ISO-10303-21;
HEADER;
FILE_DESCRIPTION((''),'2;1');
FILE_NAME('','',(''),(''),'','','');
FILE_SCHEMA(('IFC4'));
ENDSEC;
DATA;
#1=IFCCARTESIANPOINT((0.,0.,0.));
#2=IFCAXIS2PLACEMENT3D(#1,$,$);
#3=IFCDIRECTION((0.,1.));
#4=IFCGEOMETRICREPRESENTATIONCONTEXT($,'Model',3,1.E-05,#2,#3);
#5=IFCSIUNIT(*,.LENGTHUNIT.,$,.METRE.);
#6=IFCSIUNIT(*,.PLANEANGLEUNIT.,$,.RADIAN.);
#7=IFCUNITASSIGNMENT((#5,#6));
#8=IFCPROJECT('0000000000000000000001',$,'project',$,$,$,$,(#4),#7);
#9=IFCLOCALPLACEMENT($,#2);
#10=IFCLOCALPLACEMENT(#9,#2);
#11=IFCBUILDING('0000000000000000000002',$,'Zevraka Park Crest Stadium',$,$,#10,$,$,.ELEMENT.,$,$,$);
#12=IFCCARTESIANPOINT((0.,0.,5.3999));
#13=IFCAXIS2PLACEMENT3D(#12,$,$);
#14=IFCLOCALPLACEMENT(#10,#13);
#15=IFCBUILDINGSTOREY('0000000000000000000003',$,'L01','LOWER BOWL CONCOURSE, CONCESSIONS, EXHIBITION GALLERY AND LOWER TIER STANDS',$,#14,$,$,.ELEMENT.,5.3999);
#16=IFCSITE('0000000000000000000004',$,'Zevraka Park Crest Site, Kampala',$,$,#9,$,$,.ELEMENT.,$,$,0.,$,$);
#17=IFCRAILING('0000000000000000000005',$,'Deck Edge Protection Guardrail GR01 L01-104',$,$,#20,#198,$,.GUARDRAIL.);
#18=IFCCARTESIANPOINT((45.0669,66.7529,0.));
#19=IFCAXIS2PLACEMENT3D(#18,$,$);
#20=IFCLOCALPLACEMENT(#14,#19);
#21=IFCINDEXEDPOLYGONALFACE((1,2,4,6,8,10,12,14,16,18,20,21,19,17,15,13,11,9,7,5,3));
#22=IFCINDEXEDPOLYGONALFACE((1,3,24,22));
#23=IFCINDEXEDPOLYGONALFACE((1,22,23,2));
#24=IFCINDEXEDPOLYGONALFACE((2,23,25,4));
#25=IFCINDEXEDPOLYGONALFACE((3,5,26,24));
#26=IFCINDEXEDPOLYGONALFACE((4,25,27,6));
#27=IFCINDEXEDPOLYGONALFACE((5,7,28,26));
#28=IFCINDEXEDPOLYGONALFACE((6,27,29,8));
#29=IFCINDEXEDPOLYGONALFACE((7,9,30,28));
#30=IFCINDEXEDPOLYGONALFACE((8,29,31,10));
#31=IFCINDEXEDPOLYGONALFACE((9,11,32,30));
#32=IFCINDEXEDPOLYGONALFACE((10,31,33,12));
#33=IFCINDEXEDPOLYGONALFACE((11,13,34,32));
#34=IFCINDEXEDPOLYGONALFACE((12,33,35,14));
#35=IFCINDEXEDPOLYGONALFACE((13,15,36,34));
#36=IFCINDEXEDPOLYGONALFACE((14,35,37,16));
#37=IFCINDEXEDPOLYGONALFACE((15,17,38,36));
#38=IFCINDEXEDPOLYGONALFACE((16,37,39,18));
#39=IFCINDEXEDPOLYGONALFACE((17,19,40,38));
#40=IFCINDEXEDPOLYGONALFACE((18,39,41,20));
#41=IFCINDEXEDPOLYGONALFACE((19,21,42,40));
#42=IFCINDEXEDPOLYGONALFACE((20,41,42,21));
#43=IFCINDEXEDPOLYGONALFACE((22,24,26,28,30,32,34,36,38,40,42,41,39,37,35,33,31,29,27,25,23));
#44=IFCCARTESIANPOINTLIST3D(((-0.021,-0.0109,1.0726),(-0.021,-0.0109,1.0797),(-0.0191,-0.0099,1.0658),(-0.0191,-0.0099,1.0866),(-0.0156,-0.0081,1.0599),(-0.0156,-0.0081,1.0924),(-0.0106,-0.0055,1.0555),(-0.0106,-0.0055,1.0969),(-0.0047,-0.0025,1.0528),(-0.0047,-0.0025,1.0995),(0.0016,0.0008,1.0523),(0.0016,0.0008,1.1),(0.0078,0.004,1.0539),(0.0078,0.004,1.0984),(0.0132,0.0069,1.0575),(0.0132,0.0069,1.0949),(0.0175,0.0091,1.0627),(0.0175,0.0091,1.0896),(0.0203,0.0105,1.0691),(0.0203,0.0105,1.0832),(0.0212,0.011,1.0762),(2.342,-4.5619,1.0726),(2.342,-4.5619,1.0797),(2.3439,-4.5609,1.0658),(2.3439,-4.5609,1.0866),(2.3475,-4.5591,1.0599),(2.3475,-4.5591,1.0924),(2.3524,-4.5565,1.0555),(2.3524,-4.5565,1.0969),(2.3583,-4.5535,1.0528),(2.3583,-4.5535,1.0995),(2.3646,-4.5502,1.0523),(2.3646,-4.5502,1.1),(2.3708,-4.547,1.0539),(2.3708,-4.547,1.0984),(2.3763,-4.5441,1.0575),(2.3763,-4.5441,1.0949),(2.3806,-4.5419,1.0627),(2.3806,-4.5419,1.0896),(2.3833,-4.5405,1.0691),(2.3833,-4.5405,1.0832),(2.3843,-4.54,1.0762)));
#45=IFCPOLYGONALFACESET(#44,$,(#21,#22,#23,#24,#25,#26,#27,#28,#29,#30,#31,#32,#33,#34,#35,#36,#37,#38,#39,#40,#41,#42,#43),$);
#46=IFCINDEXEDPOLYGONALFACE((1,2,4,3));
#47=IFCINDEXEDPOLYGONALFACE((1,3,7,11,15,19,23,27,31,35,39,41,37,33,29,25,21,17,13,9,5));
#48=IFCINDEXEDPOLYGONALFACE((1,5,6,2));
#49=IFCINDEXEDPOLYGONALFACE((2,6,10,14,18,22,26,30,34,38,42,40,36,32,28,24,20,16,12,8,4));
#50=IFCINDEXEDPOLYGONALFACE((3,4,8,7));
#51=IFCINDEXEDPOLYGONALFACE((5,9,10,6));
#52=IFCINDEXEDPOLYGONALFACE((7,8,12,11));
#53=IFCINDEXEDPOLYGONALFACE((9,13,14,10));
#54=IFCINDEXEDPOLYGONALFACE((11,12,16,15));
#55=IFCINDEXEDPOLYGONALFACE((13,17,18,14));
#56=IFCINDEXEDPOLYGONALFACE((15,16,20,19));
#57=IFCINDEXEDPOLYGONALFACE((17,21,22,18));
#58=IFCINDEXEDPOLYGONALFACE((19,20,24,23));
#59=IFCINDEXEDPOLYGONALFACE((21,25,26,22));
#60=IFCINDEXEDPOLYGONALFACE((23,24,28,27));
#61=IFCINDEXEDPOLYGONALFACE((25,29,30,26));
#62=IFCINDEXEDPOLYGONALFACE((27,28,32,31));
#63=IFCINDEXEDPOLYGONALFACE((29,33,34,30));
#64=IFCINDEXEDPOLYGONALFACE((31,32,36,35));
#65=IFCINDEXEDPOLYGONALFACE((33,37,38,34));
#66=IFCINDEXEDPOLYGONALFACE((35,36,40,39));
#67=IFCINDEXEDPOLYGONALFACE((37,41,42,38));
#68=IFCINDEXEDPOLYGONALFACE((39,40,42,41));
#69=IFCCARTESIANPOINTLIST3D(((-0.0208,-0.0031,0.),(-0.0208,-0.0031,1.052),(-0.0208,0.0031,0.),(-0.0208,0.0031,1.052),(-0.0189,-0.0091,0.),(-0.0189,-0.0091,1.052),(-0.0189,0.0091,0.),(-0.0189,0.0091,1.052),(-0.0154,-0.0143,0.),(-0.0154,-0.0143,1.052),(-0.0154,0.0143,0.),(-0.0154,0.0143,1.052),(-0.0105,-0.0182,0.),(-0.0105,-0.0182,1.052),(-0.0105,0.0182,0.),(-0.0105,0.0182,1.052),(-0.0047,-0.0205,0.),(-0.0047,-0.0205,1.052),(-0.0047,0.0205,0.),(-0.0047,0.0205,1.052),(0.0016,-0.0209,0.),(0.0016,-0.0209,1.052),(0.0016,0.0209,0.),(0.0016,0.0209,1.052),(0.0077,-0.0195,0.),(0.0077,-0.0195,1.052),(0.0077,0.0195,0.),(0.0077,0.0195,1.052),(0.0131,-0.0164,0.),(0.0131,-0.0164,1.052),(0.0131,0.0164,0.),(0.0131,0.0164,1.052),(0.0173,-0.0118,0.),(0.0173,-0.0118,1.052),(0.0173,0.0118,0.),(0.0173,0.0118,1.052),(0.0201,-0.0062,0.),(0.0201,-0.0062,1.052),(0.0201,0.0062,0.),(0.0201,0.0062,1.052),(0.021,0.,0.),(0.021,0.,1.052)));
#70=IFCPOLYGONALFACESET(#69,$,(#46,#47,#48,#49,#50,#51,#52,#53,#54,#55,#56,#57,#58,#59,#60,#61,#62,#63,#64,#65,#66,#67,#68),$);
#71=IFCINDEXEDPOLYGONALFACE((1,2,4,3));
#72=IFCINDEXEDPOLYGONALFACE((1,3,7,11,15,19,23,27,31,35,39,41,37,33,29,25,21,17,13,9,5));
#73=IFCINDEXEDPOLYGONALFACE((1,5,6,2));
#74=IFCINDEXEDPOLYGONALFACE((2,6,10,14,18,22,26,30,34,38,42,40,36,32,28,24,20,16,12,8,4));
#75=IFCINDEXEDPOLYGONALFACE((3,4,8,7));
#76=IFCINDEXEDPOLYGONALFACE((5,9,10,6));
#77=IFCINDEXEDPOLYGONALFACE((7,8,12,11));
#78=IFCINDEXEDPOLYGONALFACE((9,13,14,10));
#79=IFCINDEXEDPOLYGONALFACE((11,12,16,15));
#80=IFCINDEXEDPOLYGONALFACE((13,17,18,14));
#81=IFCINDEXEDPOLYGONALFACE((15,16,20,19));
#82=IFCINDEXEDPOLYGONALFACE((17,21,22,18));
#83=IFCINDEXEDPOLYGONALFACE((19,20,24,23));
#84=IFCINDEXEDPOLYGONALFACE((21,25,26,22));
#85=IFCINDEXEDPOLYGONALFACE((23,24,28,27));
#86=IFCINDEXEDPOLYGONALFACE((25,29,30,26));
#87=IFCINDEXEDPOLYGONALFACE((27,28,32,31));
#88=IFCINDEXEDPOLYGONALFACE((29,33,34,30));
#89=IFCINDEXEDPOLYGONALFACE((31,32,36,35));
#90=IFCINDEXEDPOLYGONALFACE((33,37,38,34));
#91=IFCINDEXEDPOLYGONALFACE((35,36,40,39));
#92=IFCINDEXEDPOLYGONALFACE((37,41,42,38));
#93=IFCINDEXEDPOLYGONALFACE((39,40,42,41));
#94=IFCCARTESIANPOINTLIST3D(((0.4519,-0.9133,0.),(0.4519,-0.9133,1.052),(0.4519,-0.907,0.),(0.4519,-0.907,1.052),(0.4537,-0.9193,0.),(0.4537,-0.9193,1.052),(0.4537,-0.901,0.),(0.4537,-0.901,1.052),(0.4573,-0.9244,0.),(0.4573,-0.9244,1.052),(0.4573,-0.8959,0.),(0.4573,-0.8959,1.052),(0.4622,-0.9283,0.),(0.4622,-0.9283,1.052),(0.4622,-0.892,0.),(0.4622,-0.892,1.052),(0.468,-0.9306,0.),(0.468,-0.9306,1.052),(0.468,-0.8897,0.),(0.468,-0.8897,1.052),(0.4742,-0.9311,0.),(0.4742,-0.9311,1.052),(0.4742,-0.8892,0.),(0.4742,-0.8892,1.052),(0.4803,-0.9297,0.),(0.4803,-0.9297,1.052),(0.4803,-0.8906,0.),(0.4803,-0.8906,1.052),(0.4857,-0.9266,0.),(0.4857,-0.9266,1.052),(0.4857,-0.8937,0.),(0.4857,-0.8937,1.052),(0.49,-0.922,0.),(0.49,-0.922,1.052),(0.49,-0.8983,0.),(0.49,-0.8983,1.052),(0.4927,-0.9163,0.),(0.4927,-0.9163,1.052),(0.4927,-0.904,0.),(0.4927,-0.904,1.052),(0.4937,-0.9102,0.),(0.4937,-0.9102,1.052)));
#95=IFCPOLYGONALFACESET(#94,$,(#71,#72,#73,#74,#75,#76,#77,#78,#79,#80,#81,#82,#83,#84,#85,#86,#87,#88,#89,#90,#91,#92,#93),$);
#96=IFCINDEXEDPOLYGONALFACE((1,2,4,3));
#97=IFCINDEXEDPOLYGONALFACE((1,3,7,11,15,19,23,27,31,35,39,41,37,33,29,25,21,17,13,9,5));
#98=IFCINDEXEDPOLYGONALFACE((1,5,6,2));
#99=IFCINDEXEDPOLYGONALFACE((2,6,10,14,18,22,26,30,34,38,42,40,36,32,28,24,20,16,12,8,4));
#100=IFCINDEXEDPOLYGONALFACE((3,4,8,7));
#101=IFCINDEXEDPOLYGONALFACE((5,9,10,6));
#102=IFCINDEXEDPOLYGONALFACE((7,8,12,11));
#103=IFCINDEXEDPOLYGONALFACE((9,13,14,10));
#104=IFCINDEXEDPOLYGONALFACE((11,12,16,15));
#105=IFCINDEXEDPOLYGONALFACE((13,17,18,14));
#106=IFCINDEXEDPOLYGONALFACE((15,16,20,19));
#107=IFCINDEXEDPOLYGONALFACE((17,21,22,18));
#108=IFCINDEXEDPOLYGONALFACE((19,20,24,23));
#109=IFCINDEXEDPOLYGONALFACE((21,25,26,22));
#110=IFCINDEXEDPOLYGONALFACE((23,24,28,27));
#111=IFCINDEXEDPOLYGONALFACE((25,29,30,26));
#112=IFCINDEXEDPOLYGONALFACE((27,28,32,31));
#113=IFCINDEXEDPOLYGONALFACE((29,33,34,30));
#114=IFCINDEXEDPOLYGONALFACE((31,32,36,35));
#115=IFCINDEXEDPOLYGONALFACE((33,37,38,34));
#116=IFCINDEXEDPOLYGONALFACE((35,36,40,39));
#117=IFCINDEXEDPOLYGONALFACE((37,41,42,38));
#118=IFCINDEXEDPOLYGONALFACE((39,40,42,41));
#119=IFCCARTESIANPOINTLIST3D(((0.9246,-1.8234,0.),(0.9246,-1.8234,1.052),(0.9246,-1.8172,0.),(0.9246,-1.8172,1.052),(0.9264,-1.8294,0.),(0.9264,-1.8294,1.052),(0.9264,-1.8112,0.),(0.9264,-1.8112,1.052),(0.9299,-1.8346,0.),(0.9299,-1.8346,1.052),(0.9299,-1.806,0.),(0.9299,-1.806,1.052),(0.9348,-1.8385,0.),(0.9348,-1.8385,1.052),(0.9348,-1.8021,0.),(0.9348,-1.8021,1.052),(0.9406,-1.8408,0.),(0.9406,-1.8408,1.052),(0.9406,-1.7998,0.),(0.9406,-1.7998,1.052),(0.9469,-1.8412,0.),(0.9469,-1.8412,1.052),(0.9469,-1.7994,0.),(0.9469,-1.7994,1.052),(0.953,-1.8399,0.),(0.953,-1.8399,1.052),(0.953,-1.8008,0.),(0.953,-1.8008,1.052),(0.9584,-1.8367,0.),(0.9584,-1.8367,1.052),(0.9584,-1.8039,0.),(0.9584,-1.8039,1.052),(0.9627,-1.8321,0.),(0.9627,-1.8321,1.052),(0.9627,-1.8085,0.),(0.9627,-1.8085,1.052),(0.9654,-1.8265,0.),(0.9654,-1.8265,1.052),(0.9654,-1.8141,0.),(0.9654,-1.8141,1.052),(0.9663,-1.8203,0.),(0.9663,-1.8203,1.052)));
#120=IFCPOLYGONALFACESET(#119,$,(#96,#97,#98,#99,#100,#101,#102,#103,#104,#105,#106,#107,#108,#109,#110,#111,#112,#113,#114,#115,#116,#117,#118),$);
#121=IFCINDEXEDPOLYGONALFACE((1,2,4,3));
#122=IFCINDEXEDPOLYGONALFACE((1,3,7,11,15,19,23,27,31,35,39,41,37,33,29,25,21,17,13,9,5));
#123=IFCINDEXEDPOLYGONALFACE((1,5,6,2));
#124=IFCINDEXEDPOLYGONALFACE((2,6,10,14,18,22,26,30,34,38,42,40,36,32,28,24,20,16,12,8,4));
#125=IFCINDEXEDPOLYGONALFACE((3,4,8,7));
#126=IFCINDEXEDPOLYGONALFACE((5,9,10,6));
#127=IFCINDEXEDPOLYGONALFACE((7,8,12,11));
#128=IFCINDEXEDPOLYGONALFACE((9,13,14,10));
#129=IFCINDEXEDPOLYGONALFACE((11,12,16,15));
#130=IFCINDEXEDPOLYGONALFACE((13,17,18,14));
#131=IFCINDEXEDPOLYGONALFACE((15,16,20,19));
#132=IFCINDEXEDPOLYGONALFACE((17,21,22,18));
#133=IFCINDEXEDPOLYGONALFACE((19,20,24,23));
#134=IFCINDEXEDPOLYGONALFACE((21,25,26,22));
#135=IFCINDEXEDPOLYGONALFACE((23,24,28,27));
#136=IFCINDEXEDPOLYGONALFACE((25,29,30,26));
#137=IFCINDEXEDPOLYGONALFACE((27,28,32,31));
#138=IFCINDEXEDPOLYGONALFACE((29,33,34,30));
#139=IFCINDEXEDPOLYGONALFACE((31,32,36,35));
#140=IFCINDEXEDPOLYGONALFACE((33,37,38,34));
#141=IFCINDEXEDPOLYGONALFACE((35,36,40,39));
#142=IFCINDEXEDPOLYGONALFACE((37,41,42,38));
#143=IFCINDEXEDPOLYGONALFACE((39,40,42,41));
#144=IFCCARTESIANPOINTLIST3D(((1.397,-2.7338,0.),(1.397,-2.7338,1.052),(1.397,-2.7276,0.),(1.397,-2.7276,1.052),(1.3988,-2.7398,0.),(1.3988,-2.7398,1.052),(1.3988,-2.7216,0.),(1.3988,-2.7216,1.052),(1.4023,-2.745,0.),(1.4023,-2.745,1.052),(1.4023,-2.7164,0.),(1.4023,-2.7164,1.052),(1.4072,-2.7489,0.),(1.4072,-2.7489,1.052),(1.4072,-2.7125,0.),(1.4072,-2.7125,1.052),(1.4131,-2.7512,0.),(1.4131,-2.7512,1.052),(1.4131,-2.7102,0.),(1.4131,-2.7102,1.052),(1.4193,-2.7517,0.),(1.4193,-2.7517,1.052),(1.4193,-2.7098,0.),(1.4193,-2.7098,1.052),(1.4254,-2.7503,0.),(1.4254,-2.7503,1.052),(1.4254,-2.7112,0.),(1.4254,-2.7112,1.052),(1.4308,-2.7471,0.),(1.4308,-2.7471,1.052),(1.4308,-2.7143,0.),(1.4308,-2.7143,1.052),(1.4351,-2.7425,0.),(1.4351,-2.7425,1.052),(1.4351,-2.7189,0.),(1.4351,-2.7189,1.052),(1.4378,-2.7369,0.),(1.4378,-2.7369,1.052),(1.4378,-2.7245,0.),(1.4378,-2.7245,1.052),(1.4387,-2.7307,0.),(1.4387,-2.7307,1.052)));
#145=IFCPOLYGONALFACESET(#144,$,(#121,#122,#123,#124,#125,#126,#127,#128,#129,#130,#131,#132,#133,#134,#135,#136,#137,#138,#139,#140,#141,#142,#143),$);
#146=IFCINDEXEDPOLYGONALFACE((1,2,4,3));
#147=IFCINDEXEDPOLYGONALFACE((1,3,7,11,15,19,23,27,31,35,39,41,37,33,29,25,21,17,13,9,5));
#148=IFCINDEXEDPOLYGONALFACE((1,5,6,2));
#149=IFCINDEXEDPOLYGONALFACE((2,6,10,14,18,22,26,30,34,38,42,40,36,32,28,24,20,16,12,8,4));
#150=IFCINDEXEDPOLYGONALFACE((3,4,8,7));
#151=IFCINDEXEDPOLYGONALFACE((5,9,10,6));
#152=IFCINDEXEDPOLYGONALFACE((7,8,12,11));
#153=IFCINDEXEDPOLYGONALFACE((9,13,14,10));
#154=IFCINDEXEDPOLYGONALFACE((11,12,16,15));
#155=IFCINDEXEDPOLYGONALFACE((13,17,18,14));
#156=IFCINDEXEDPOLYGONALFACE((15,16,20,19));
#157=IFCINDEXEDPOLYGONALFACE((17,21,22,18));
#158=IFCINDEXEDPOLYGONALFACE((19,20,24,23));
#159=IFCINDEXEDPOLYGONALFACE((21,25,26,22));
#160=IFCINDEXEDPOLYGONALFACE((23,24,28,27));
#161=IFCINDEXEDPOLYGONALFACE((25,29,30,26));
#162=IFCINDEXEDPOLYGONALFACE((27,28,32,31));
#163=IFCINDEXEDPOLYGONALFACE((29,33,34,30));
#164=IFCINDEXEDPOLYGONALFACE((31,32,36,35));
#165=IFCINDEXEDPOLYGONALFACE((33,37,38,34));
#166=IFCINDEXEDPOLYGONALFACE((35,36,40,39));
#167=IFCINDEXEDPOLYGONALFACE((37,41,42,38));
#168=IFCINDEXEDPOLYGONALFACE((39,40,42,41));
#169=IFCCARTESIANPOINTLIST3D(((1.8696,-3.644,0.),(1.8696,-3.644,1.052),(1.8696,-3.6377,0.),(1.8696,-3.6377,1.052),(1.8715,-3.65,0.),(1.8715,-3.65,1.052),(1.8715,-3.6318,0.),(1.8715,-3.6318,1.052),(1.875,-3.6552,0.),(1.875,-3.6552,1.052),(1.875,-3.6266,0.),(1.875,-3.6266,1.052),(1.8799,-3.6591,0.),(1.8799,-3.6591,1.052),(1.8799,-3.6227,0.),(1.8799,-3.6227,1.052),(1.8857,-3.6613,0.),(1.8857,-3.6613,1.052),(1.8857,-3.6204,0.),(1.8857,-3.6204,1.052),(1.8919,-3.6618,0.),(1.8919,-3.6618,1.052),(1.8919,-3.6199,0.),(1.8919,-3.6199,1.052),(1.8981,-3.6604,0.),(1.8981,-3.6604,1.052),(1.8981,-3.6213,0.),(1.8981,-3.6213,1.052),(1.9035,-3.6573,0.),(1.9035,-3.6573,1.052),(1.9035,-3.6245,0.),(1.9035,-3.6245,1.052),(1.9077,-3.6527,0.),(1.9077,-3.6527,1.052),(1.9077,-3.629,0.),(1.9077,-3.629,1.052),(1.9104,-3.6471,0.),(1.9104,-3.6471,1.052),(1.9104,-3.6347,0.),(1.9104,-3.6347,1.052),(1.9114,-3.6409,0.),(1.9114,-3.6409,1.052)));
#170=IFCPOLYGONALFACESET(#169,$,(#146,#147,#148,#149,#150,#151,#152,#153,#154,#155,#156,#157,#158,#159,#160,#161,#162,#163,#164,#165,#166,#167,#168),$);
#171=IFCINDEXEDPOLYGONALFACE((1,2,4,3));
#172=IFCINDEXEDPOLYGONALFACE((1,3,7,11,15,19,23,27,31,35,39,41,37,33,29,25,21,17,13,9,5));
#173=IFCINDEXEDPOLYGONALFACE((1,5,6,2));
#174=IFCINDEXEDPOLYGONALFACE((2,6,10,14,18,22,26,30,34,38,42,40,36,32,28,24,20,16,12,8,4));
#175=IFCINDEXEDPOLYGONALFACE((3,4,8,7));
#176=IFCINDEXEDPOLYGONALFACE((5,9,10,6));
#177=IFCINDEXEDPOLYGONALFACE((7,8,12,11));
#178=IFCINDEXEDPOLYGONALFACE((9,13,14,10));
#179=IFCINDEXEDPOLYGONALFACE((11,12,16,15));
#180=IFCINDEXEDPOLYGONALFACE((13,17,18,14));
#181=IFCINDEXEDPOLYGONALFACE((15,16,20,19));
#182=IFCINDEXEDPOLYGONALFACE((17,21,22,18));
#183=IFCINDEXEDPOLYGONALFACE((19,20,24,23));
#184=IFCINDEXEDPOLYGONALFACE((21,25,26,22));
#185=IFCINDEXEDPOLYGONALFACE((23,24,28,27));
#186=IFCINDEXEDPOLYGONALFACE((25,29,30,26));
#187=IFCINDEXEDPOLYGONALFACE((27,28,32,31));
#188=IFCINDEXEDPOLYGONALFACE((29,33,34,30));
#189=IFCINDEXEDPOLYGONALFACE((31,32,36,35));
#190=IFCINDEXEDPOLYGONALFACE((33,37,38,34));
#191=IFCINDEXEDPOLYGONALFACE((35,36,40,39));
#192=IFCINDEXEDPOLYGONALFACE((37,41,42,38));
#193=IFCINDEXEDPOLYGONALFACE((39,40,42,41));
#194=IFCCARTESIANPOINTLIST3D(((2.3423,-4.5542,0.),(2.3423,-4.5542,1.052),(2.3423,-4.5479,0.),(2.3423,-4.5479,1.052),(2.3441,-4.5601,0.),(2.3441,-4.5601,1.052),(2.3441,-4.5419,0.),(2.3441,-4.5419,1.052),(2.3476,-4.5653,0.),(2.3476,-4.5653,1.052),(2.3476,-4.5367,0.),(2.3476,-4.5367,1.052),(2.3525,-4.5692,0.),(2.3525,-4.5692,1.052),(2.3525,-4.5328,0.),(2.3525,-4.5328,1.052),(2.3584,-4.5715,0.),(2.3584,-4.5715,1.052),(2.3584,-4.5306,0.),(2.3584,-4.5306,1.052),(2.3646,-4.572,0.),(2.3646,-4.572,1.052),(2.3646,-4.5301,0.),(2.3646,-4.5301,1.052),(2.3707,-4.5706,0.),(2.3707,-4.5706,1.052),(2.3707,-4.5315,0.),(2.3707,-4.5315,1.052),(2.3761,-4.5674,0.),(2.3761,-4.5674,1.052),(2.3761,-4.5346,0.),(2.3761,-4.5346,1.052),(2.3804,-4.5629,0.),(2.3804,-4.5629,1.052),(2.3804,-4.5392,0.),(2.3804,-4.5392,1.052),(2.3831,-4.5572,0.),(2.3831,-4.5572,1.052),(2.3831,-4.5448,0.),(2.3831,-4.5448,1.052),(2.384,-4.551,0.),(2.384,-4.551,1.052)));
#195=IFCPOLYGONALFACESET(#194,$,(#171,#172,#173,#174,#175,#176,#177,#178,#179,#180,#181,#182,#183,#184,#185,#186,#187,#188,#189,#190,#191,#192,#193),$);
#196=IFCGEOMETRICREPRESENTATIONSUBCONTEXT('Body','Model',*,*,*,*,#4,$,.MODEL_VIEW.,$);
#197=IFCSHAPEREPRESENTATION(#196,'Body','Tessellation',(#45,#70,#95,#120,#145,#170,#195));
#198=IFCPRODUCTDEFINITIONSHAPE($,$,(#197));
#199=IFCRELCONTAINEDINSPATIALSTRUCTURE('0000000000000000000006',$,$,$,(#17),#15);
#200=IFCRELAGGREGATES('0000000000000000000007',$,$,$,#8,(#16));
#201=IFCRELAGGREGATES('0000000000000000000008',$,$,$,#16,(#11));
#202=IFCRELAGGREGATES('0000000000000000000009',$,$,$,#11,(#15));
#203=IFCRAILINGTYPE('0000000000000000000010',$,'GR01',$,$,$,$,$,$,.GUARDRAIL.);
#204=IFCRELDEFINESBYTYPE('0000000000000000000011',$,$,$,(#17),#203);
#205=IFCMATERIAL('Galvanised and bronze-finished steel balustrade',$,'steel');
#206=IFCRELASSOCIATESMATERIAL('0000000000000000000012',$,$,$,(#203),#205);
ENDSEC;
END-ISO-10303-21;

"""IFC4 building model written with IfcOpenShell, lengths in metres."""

from ifc_helpers import new_model, si_unit, direction, frame, origin, origin_2d, place, context, subcontext, project, spatial, circle, extrude, material, type_object, element, save


model = new_model("IFC4")

# Units and contexts
model_context = context("Model", 3, precision=1e-05, world=origin(), true_north=direction((0.0, 1.0)))
body_context = subcontext(model_context, "Body", "Model", "MODEL_VIEW")
ifc_project = project(units=[si_unit("LENGTHUNIT", "METRE"), si_unit("PLANEANGLEUNIT", "RADIAN")], contexts=[model_context])

# Site, building, storey
site_placement = place(None, origin())
site = spatial("IfcSite", under=ifc_project, at=site_placement, Name="Zevraka Park Crest Site, Kampala", CompositionType="ELEMENT", RefElevation=0.0)
building_placement = place(site_placement, origin())
building = spatial("IfcBuilding", under=site, at=building_placement, Name="Zevraka Park Crest Stadium", CompositionType="ELEMENT")
storey_placement = place(building_placement, frame((0.0, 0.0, 5.3999)))
storey = spatial("IfcBuildingStorey", under=building, at=storey_placement, Name="L01", Description="LOWER BOWL CONCOURSE, CONCESSIONS, EXHIBITION GALLERY AND LOWER TIER STANDS", CompositionType="ELEMENT", Elevation=5.3999)

# Railing
ifc_material_1 = material(Name="Galvanised and bronze-finished steel balustrade", Category="steel")
railing_type_1 = type_object("IfcRailingType", Name="GR01", PredefinedType="GUARDRAIL", material=ifc_material_1)
railing_1_placement = place(storey_placement, frame((45.0669, 66.7529, 0.0)))
element("IfcRailing", 1, at=railing_1_placement, inside=storey, type_object=railing_type_1, Name="Deck Edge Protection Guardrail GR01 L01-104", PredefinedType="GUARDRAIL", context=body_context, shape_type="SweptSolid", body=[
    extrude(circle(Radius=0.0239, at=origin_2d()), frame((0.0, 0.0, 1.0762), z_axis=(0.460816, -0.887496, 0.0), x_axis=(0.887496, 0.460816, 0.0)), (0.0, 0.0, 1.0), 5.1279),
    extrude(circle(Radius=0.021, at=origin_2d()), origin(), (0.0, 0.0, 1.0), 1.052),
    extrude(circle(Radius=0.021, at=origin_2d()), frame((0.4727, -0.9102, 0.0)), (0.0, 0.0, 1.0), 1.052),
    extrude(circle(Radius=0.021, at=origin_2d()), frame((0.9453, -1.8203, 0.0)), (0.0, 0.0, 1.0), 1.052),
    extrude(circle(Radius=0.021, at=origin_2d()), frame((1.4177, -2.7307, 0.0)), (0.0, 0.0, 1.0), 1.052),
    extrude(circle(Radius=0.021, at=origin_2d()), frame((1.8904, -3.6409, 0.0)), (0.0, 0.0, 1.0), 1.052),
    extrude(circle(Radius=0.021, at=origin_2d()), frame((2.363, -4.551, 0.0)), (0.0, 0.0, 1.0), 1.052),
])

save(model, "model.ifc")
